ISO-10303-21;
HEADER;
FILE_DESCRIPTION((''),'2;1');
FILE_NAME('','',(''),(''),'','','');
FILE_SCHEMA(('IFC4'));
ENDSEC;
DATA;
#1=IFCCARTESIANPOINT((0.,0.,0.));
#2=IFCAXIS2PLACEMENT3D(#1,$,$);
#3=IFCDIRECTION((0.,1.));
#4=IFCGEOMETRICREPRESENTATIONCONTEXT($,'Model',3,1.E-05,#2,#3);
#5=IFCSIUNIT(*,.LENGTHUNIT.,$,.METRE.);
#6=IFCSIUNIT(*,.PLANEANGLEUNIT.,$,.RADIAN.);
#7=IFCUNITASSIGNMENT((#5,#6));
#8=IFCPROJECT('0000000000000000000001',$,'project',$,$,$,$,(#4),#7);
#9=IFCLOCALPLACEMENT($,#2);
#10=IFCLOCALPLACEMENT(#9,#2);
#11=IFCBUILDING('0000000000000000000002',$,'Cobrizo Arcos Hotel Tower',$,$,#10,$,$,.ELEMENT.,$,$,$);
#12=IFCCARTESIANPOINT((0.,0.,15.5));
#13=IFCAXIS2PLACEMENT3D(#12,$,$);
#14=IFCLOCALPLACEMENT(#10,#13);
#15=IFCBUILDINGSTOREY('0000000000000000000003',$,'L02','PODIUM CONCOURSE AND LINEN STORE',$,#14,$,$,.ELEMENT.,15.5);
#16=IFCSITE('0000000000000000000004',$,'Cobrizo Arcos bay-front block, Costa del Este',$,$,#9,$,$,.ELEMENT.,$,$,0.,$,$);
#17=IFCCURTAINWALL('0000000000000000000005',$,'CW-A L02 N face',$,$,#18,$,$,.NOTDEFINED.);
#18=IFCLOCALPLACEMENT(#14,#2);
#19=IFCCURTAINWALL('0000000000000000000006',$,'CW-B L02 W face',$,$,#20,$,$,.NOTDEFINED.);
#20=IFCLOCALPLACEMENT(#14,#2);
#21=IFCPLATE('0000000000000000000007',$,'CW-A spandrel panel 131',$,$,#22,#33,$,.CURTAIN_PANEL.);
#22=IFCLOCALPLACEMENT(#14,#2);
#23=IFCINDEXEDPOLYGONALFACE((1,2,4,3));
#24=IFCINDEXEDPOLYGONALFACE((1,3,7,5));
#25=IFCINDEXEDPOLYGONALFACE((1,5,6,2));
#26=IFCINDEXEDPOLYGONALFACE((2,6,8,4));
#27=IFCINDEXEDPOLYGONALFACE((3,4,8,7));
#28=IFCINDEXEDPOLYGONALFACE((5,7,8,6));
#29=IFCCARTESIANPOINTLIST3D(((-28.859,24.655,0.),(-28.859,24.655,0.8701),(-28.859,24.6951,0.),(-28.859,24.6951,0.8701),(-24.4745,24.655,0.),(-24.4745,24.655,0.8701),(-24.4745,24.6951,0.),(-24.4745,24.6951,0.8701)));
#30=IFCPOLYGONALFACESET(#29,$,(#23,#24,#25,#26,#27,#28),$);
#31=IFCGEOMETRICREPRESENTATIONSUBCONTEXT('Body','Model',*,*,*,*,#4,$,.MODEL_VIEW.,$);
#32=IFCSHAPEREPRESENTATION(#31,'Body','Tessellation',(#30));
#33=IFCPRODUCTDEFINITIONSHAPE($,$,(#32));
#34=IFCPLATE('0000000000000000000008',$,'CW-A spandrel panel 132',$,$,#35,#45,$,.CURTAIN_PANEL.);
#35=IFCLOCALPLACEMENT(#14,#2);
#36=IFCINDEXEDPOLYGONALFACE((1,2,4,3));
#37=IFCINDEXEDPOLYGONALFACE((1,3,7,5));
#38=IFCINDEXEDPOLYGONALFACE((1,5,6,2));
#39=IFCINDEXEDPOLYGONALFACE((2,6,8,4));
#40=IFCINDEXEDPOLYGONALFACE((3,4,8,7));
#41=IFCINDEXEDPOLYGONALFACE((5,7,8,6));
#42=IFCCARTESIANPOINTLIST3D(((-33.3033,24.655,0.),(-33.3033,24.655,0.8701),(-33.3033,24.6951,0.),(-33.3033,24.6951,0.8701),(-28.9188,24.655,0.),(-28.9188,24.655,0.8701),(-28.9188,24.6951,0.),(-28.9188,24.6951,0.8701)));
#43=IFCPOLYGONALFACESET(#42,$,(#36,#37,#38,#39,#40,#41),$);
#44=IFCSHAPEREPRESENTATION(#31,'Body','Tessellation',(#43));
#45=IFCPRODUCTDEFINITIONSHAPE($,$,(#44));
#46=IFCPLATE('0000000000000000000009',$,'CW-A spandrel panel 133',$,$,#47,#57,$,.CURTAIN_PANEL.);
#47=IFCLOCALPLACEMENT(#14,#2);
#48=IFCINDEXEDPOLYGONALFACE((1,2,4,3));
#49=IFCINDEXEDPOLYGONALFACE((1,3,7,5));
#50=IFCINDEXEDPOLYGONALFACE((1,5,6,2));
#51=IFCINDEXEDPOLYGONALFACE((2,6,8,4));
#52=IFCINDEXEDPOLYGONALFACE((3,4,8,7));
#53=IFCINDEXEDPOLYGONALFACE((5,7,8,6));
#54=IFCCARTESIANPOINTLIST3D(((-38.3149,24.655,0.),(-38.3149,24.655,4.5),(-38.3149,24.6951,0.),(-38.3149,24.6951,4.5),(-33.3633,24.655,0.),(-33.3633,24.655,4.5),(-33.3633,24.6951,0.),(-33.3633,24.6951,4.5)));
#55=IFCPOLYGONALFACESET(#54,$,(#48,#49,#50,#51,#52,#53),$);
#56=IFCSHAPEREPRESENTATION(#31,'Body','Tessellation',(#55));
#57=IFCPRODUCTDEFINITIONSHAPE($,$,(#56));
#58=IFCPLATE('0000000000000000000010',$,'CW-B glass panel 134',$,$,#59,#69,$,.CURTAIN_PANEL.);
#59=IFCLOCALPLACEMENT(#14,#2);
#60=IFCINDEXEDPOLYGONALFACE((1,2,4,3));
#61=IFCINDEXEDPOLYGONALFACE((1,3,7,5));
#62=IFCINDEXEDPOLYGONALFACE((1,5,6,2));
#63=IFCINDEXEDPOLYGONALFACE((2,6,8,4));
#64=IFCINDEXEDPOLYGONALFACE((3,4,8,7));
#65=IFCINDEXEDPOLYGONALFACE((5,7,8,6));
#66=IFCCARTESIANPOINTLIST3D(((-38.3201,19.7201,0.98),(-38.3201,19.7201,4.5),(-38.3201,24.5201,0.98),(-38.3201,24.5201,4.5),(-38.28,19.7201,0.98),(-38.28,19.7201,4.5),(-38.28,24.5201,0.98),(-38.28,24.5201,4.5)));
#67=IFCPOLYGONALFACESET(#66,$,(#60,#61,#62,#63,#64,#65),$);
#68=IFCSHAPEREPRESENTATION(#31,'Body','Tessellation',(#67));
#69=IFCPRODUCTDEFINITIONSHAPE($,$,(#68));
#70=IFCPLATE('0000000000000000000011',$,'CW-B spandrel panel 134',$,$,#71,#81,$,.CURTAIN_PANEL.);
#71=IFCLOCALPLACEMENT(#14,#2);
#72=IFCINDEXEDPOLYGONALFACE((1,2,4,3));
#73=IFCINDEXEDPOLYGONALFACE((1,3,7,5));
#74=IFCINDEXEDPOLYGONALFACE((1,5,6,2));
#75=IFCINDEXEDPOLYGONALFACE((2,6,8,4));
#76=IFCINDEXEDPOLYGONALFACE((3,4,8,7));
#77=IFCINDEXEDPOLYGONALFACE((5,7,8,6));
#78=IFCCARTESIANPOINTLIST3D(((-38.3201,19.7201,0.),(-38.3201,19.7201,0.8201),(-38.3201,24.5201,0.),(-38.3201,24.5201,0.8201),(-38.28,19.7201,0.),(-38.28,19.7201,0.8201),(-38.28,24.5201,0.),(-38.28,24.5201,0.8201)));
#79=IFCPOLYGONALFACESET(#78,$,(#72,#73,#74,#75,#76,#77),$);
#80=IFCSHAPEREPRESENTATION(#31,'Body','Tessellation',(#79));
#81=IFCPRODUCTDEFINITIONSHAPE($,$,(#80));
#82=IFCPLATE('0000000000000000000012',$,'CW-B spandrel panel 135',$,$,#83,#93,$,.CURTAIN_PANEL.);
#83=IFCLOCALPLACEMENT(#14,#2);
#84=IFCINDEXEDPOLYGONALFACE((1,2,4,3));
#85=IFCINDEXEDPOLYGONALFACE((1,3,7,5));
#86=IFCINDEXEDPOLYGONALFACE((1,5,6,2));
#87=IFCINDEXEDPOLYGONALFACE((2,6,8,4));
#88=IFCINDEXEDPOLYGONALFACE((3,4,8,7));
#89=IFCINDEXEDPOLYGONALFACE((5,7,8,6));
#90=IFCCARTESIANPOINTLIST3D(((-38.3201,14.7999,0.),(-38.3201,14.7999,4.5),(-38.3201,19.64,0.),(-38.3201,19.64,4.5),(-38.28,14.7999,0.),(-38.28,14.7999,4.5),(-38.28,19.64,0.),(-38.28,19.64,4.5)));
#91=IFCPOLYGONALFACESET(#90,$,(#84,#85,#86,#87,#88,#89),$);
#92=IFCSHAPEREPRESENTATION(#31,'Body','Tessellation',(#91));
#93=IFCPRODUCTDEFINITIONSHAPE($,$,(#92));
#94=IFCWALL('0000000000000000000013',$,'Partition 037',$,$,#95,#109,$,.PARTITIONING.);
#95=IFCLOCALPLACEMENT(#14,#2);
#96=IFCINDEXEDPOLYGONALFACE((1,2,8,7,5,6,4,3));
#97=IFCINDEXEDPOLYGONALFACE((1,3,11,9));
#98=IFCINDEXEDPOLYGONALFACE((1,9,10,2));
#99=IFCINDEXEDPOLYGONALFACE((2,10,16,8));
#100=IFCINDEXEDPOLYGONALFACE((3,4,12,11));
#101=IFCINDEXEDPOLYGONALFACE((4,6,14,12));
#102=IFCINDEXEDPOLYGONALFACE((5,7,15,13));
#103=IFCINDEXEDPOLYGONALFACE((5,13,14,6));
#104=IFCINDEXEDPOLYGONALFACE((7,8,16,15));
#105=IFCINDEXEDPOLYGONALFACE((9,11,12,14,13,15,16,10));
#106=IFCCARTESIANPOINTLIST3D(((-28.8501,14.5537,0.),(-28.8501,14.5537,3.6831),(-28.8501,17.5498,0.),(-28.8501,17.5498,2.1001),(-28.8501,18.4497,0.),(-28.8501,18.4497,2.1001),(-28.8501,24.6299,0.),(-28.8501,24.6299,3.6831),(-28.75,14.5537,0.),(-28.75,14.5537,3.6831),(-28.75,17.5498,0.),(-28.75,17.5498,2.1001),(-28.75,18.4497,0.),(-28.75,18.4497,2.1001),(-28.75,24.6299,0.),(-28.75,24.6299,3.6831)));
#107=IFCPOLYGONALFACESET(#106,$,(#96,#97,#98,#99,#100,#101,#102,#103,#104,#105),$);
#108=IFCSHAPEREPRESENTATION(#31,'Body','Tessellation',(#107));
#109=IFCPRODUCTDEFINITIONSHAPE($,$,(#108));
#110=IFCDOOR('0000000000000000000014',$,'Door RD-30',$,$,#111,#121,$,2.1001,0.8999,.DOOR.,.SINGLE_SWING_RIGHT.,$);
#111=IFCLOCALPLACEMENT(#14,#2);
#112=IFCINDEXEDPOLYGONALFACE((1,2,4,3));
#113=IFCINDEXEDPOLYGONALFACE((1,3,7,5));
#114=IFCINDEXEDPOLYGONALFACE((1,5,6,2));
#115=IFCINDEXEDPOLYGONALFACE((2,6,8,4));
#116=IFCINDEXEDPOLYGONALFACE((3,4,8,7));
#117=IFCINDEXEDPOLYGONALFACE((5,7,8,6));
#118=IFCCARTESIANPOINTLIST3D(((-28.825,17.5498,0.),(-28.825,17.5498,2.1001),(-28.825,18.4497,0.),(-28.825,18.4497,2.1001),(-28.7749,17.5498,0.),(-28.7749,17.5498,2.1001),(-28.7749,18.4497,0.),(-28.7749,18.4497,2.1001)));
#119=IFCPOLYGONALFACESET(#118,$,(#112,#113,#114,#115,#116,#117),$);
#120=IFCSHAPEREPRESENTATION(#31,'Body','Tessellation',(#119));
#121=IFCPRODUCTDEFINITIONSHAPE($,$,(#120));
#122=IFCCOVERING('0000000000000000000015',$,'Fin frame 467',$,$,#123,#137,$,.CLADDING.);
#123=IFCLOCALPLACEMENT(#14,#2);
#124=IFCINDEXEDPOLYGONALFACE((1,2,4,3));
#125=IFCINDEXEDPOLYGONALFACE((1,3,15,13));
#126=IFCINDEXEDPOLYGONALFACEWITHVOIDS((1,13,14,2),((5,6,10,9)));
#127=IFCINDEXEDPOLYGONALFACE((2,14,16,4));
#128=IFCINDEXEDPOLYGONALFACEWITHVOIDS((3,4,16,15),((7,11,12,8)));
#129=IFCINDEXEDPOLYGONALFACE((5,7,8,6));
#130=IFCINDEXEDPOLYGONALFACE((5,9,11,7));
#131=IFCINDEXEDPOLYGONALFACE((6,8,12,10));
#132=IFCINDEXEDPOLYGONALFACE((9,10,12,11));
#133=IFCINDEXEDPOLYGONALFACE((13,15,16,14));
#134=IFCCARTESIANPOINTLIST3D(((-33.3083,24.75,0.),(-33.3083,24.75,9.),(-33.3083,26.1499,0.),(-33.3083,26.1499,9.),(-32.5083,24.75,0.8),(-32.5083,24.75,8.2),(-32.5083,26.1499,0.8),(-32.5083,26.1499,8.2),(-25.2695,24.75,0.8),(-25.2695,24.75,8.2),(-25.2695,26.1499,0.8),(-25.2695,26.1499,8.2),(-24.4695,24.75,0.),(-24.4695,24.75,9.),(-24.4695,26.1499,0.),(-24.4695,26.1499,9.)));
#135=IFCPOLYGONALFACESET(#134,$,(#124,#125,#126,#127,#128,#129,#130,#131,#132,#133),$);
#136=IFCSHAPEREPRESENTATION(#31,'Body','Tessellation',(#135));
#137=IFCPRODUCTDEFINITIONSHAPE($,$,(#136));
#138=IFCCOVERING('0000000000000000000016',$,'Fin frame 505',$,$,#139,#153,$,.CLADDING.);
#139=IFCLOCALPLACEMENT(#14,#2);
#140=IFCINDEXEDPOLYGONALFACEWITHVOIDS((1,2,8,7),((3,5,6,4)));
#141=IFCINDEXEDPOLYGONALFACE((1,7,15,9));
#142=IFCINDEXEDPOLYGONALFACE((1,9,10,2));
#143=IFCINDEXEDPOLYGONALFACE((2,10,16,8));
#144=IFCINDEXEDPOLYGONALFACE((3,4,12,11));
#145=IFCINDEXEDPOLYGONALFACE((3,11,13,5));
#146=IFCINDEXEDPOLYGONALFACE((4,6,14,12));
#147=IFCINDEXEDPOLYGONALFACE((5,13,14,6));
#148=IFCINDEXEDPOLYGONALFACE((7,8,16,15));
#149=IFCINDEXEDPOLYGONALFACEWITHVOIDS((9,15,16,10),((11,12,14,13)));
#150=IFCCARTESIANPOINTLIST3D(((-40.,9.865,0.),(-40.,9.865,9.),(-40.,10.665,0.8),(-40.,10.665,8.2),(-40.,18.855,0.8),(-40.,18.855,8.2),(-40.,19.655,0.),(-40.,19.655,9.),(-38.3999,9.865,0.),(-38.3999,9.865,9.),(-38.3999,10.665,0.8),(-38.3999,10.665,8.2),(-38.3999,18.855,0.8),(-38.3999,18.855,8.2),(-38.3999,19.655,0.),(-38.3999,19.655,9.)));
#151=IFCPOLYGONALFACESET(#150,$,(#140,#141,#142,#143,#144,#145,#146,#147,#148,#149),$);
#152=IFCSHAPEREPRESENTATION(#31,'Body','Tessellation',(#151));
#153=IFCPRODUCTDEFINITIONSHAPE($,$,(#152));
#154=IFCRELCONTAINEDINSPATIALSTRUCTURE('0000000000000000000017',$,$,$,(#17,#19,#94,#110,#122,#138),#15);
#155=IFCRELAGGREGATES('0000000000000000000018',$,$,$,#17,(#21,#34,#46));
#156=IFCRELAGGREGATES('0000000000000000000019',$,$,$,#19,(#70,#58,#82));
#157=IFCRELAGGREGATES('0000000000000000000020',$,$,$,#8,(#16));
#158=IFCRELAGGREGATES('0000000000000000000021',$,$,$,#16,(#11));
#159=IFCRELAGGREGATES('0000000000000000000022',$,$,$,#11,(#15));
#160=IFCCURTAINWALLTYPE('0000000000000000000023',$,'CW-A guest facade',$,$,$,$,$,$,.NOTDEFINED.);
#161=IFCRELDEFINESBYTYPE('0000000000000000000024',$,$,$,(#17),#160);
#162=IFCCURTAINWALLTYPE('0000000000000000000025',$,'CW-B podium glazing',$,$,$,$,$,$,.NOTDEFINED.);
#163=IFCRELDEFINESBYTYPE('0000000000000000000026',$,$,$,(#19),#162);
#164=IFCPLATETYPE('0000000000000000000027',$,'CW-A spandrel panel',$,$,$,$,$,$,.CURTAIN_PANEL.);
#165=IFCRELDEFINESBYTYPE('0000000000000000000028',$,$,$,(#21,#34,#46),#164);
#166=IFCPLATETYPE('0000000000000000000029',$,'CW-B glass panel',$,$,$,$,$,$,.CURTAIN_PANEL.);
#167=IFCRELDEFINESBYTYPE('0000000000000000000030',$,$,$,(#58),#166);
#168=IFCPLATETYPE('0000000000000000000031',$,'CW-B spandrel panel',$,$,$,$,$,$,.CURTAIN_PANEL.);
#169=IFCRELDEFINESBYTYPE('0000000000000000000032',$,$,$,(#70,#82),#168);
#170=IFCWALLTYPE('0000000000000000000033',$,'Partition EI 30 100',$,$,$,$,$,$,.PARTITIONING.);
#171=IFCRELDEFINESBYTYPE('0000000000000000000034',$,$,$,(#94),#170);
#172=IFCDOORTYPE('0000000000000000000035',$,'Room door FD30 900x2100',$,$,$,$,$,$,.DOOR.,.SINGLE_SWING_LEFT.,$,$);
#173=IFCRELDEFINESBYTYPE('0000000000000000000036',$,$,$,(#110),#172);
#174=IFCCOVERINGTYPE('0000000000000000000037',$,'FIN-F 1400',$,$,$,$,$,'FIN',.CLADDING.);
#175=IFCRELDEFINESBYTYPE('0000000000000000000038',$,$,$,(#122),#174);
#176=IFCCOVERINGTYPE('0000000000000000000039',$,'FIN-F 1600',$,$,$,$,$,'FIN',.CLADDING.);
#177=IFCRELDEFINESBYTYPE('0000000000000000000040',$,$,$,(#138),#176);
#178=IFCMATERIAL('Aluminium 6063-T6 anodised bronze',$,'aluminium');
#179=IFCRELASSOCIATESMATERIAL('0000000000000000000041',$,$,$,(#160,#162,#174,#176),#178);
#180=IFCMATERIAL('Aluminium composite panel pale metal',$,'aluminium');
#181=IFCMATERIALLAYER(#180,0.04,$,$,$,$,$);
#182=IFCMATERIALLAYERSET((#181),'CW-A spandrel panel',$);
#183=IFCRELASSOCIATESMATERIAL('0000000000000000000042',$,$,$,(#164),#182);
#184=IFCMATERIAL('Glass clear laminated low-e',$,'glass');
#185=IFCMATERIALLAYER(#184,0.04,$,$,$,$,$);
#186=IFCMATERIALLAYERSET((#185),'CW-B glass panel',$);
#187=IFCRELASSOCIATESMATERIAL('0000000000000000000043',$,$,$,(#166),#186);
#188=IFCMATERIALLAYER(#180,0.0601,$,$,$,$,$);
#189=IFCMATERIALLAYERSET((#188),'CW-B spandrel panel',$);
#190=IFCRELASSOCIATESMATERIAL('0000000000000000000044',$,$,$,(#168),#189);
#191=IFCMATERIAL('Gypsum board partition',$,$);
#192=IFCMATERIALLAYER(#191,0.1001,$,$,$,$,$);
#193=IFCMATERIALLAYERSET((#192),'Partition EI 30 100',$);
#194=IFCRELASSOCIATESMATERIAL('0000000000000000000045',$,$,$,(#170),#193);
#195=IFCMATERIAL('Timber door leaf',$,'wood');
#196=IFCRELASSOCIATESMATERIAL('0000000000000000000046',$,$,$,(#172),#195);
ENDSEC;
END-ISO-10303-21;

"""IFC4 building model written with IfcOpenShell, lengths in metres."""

from ifc_helpers import new_model, si_unit, direction, frame, frame_2d, origin, origin_2d, place, context, subcontext, project, spatial, polyline, rectangle, outline, extrude, material, layer, layer_set, type_object, element, fill, aggregate, save


model = new_model("IFC4")

# Units and contexts
model_context = context("Model", 3, precision=1e-05, world=origin(), true_north=direction((0.0, 1.0)))
body_context = subcontext(model_context, "Body", "Model", "MODEL_VIEW")
ifc_project = project(units=[si_unit("LENGTHUNIT", "METRE"), si_unit("PLANEANGLEUNIT", "RADIAN")], contexts=[model_context])

# Site, building, storey
site_placement = place(None, origin())
site = spatial("IfcSite", under=ifc_project, at=site_placement, Name="Cobrizo Arcos bay-front block, Costa del Este", CompositionType="ELEMENT", RefElevation=0.0)
building_placement = place(site_placement, origin())
building = spatial("IfcBuilding", under=site, at=building_placement, Name="Cobrizo Arcos Hotel Tower", CompositionType="ELEMENT")
storey_placement = place(building_placement, frame((0.0, 0.0, 15.5)))
storey = spatial("IfcBuildingStorey", under=building, at=storey_placement, Name="L02", Description="PODIUM CONCOURSE AND LINEN STORE", CompositionType="ELEMENT", Elevation=15.5)

# Curtain walls
ifc_material_1 = material(Name="Aluminium 6063-T6 anodised bronze", Category="aluminium")
curtain_wall_type_1 = type_object("IfcCurtainWallType", Name="CW-A guest facade", PredefinedType="NOTDEFINED", material=ifc_material_1)
curtain_wall_1_placement = place(storey_placement, origin())
curtain_wall_1 = element("IfcCurtainWall", 1, at=curtain_wall_1_placement, inside=storey, type_object=curtain_wall_type_1, Name="CW-A L02 N face", PredefinedType="NOTDEFINED")
curtain_wall_type_2 = type_object("IfcCurtainWallType", Name="CW-B podium glazing", PredefinedType="NOTDEFINED", material=ifc_material_1)
curtain_wall_2_placement = place(storey_placement, origin())
curtain_wall_2 = element("IfcCurtainWall", 2, at=curtain_wall_2_placement, inside=storey, type_object=curtain_wall_type_2, Name="CW-B L02 W face", PredefinedType="NOTDEFINED")

# Plates
ifc_material_2 = material(Name="Glass clear laminated low-e", Category="glass")
ifc_material_3 = material(Name="Aluminium composite panel pale metal", Category="aluminium")
ifc_layer_1 = layer(ifc_material_3, 0.04)
ifc_layer_set_1 = layer_set([ifc_layer_1], Name="CW-A spandrel panel")
plate_type_1 = type_object("IfcPlateType", Name="CW-A spandrel panel", PredefinedType="CURTAIN_PANEL", material=ifc_layer_set_1)
plate_1_placement = place(storey_placement, frame((-26.6667, 24.675, 0.0), z_axis=(0.0, 0.0, 1.0), x_axis=(-1.0, 0.0, 0.0)))
plate_1 = element("IfcPlate", 3, at=plate_1_placement, type_object=plate_type_1, Name="CW-A spandrel panel 131", PredefinedType="CURTAIN_PANEL", context=body_context, shape_type="SweptSolid", body=[
    extrude(rectangle(XDim=4.3845, YDim=0.04, at=origin_2d()), origin(), (0.0, 0.0, 1.0), 0.8701),
])
plate_2_placement = place(storey_placement, frame((-31.1111, 24.675, 0.0), z_axis=(0.0, 0.0, 1.0), x_axis=(-1.0, 0.0, 0.0)))
plate_2 = element("IfcPlate", 4, at=plate_2_placement, type_object=plate_type_1, Name="CW-A spandrel panel 132", PredefinedType="CURTAIN_PANEL", context=body_context, shape_type="SweptSolid", body=[
    extrude(rectangle(XDim=4.3845, YDim=0.04, at=origin_2d()), origin(), (0.0, 0.0, 1.0), 0.8701),
])
plate_3_placement = place(storey_placement, frame((-35.8391, 24.675, 0.0), z_axis=(0.0, 0.0, 1.0), x_axis=(-1.0, 0.0, 0.0)))
plate_3 = element("IfcPlate", 5, at=plate_3_placement, type_object=plate_type_1, Name="CW-A spandrel panel 133", PredefinedType="CURTAIN_PANEL", context=body_context, shape_type="SweptSolid", body=[
    extrude(rectangle(XDim=4.9517, YDim=0.04, at=origin_2d()), origin(), (0.0, 0.0, 1.0), 4.5),
])
aggregate(curtain_wall_1, [plate_1, plate_2, plate_3])
ifc_layer_2 = layer(ifc_material_2, 0.04)
ifc_layer_set_2 = layer_set([ifc_layer_2], Name="CW-B glass panel")
plate_type_2 = type_object("IfcPlateType", Name="CW-B glass panel", PredefinedType="CURTAIN_PANEL", material=ifc_layer_set_2)
plate_4_placement = place(storey_placement, frame((-38.3, 22.1201, 0.98), z_axis=(0.0, 0.0, 1.0), x_axis=(0.0, -1.0, 0.0)))
plate_4 = element("IfcPlate", 6, at=plate_4_placement, type_object=plate_type_2, Name="CW-B glass panel 134", PredefinedType="CURTAIN_PANEL", context=body_context, shape_type="SweptSolid", body=[
    extrude(rectangle(XDim=4.8, YDim=0.04, at=origin_2d()), origin(), (0.0, 0.0, 1.0), 3.52),
])
ifc_layer_3 = layer(ifc_material_3, 0.0601)
ifc_layer_set_3 = layer_set([ifc_layer_3], Name="CW-B spandrel panel")
plate_type_3 = type_object("IfcPlateType", Name="CW-B spandrel panel", PredefinedType="CURTAIN_PANEL", material=ifc_layer_set_3)
plate_5_placement = place(storey_placement, frame((-38.3, 22.1201, 0.0), z_axis=(0.0, 0.0, 1.0), x_axis=(0.0, -1.0, 0.0)))
plate_5 = element("IfcPlate", 7, at=plate_5_placement, type_object=plate_type_3, Name="CW-B spandrel panel 134", PredefinedType="CURTAIN_PANEL", context=body_context, shape_type="SweptSolid", body=[
    extrude(rectangle(XDim=4.8, YDim=0.04, at=origin_2d()), origin(), (0.0, 0.0, 1.0), 0.8201),
])
plate_6_placement = place(storey_placement, frame((-38.3, 17.22, 0.0), z_axis=(0.0, 0.0, 1.0), x_axis=(0.0, -1.0, 0.0)))
plate_6 = element("IfcPlate", 8, at=plate_6_placement, type_object=plate_type_3, Name="CW-B spandrel panel 135", PredefinedType="CURTAIN_PANEL", context=body_context, shape_type="SweptSolid", body=[
    extrude(rectangle(XDim=4.8401, YDim=0.04, at=origin_2d()), origin(), (0.0, 0.0, 1.0), 4.5),
])
aggregate(curtain_wall_2, [plate_5, plate_4, plate_6])

# Wall, opening, door
ifc_material_4 = material(Name="Gypsum board partition")
ifc_layer_4 = layer(ifc_material_4, 0.1001)
ifc_layer_set_4 = layer_set([ifc_layer_4], Name="Partition EI 30 100")
wall_type = type_object("IfcWallType", Name="Partition EI 30 100", PredefinedType="PARTITIONING", material=ifc_layer_set_4)
wall_placement = place(storey_placement, frame((-28.8, 14.5537, 0.0), z_axis=(0.0, 0.0, 1.0), x_axis=(0.0, 1.0, 0.0)))
wall = element("IfcWall", 9, at=wall_placement, inside=storey, type_object=wall_type, Name="Partition 037", PredefinedType="PARTITIONING", context=body_context, shape_type="SweptSolid", body=[
    extrude(rectangle(XDim=10.0762, YDim=0.1001, at=frame_2d((5.0381, 0.0))), origin(), (0.0, 0.0, 1.0), 3.6831),
])
opening_placement = place(wall_placement, frame((2.9961, 0.0, 0.0)))
opening = element("IfcOpeningElement", 10, at=opening_placement, cuts=wall, PredefinedType="OPENING", context=body_context, shape_type="SweptSolid", body=[
    extrude(rectangle(XDim=0.8999, YDim=2.1001, at=frame_2d((0.45, 1.05))), frame((0.0, 0.062, 0.0), z_axis=(0.0, -1.0, 0.0), x_axis=(1.0, 0.0, 0.0)), (0.0, 0.0, 1.0), 0.124),
])
ifc_material_5 = material(Name="Timber door leaf", Category="wood")
door_type = type_object("IfcDoorType", Name="Room door FD30 900x2100", OperationType="SINGLE_SWING_LEFT", PredefinedType="DOOR", material=ifc_material_5)
door_placement = place(opening_placement, origin())
door = element("IfcDoor", 11, at=door_placement, inside=storey, type_object=door_type, Name="Door RD-30", OperationType="SINGLE_SWING_RIGHT", OverallHeight=2.1001, OverallWidth=0.8999, PredefinedType="DOOR", context=body_context, shape_type="SweptSolid", body=[
    extrude(rectangle(XDim=0.8999, YDim=2.1001, at=frame_2d((0.45, 1.05))), frame((0.0, 0.0249, 0.0), z_axis=(0.0, -1.0, 0.0), x_axis=(1.0, 0.0, 0.0)), (0.0, 0.0, 1.0), 0.05),
])
fill(opening, door)

# Coverings
covering_type_1 = type_object("IfcCoveringType", Name="FIN-F 1400", ElementType="FIN", PredefinedType="CLADDING", material=ifc_material_1)
covering_1_placement = place(storey_placement, frame((-24.4695, 24.75, 0.0), z_axis=(0.0, 1.0, 0.0), x_axis=(-1.0, 0.0, 0.0)))
element("IfcCovering", 12, at=covering_1_placement, inside=storey, type_object=covering_type_1, Name="Fin frame 467", PredefinedType="CLADDING", context=body_context, shape_type="SweptSolid", body=[
    extrude(outline(polyline([(0.0, 9.0), (0.0, 0.0), (8.8389, 0.0), (8.8389, 9.0), (0.0, 9.0)]), holes=[polyline([(8.0388, 0.8), (0.8, 0.8), (0.8, 8.2), (8.0388, 8.2), (8.0388, 0.8)])]), origin(), (0.0, 0.0, 1.0), 1.3999),
])
covering_type_2 = type_object("IfcCoveringType", Name="FIN-F 1600", ElementType="FIN", PredefinedType="CLADDING", material=ifc_material_1)
covering_2_placement = place(storey_placement, frame((-38.3999, 19.655, 0.0), z_axis=(-1.0, 0.0, 0.0), x_axis=(0.0, -1.0, 0.0)))
element("IfcCovering", 13, at=covering_2_placement, inside=storey, type_object=covering_type_2, Name="Fin frame 505", PredefinedType="CLADDING", context=body_context, shape_type="SweptSolid", body=[
    extrude(outline(polyline([(0.0, 9.0), (0.0, 0.0), (9.79, 0.0), (9.79, 9.0), (0.0, 9.0)]), holes=[polyline([(8.99, 0.8), (0.8, 0.8), (0.8, 8.2), (8.99, 8.2), (8.99, 0.8)])]), origin(), (0.0, 0.0, 1.0), 1.6001),
])

save(model, "model.ifc")
